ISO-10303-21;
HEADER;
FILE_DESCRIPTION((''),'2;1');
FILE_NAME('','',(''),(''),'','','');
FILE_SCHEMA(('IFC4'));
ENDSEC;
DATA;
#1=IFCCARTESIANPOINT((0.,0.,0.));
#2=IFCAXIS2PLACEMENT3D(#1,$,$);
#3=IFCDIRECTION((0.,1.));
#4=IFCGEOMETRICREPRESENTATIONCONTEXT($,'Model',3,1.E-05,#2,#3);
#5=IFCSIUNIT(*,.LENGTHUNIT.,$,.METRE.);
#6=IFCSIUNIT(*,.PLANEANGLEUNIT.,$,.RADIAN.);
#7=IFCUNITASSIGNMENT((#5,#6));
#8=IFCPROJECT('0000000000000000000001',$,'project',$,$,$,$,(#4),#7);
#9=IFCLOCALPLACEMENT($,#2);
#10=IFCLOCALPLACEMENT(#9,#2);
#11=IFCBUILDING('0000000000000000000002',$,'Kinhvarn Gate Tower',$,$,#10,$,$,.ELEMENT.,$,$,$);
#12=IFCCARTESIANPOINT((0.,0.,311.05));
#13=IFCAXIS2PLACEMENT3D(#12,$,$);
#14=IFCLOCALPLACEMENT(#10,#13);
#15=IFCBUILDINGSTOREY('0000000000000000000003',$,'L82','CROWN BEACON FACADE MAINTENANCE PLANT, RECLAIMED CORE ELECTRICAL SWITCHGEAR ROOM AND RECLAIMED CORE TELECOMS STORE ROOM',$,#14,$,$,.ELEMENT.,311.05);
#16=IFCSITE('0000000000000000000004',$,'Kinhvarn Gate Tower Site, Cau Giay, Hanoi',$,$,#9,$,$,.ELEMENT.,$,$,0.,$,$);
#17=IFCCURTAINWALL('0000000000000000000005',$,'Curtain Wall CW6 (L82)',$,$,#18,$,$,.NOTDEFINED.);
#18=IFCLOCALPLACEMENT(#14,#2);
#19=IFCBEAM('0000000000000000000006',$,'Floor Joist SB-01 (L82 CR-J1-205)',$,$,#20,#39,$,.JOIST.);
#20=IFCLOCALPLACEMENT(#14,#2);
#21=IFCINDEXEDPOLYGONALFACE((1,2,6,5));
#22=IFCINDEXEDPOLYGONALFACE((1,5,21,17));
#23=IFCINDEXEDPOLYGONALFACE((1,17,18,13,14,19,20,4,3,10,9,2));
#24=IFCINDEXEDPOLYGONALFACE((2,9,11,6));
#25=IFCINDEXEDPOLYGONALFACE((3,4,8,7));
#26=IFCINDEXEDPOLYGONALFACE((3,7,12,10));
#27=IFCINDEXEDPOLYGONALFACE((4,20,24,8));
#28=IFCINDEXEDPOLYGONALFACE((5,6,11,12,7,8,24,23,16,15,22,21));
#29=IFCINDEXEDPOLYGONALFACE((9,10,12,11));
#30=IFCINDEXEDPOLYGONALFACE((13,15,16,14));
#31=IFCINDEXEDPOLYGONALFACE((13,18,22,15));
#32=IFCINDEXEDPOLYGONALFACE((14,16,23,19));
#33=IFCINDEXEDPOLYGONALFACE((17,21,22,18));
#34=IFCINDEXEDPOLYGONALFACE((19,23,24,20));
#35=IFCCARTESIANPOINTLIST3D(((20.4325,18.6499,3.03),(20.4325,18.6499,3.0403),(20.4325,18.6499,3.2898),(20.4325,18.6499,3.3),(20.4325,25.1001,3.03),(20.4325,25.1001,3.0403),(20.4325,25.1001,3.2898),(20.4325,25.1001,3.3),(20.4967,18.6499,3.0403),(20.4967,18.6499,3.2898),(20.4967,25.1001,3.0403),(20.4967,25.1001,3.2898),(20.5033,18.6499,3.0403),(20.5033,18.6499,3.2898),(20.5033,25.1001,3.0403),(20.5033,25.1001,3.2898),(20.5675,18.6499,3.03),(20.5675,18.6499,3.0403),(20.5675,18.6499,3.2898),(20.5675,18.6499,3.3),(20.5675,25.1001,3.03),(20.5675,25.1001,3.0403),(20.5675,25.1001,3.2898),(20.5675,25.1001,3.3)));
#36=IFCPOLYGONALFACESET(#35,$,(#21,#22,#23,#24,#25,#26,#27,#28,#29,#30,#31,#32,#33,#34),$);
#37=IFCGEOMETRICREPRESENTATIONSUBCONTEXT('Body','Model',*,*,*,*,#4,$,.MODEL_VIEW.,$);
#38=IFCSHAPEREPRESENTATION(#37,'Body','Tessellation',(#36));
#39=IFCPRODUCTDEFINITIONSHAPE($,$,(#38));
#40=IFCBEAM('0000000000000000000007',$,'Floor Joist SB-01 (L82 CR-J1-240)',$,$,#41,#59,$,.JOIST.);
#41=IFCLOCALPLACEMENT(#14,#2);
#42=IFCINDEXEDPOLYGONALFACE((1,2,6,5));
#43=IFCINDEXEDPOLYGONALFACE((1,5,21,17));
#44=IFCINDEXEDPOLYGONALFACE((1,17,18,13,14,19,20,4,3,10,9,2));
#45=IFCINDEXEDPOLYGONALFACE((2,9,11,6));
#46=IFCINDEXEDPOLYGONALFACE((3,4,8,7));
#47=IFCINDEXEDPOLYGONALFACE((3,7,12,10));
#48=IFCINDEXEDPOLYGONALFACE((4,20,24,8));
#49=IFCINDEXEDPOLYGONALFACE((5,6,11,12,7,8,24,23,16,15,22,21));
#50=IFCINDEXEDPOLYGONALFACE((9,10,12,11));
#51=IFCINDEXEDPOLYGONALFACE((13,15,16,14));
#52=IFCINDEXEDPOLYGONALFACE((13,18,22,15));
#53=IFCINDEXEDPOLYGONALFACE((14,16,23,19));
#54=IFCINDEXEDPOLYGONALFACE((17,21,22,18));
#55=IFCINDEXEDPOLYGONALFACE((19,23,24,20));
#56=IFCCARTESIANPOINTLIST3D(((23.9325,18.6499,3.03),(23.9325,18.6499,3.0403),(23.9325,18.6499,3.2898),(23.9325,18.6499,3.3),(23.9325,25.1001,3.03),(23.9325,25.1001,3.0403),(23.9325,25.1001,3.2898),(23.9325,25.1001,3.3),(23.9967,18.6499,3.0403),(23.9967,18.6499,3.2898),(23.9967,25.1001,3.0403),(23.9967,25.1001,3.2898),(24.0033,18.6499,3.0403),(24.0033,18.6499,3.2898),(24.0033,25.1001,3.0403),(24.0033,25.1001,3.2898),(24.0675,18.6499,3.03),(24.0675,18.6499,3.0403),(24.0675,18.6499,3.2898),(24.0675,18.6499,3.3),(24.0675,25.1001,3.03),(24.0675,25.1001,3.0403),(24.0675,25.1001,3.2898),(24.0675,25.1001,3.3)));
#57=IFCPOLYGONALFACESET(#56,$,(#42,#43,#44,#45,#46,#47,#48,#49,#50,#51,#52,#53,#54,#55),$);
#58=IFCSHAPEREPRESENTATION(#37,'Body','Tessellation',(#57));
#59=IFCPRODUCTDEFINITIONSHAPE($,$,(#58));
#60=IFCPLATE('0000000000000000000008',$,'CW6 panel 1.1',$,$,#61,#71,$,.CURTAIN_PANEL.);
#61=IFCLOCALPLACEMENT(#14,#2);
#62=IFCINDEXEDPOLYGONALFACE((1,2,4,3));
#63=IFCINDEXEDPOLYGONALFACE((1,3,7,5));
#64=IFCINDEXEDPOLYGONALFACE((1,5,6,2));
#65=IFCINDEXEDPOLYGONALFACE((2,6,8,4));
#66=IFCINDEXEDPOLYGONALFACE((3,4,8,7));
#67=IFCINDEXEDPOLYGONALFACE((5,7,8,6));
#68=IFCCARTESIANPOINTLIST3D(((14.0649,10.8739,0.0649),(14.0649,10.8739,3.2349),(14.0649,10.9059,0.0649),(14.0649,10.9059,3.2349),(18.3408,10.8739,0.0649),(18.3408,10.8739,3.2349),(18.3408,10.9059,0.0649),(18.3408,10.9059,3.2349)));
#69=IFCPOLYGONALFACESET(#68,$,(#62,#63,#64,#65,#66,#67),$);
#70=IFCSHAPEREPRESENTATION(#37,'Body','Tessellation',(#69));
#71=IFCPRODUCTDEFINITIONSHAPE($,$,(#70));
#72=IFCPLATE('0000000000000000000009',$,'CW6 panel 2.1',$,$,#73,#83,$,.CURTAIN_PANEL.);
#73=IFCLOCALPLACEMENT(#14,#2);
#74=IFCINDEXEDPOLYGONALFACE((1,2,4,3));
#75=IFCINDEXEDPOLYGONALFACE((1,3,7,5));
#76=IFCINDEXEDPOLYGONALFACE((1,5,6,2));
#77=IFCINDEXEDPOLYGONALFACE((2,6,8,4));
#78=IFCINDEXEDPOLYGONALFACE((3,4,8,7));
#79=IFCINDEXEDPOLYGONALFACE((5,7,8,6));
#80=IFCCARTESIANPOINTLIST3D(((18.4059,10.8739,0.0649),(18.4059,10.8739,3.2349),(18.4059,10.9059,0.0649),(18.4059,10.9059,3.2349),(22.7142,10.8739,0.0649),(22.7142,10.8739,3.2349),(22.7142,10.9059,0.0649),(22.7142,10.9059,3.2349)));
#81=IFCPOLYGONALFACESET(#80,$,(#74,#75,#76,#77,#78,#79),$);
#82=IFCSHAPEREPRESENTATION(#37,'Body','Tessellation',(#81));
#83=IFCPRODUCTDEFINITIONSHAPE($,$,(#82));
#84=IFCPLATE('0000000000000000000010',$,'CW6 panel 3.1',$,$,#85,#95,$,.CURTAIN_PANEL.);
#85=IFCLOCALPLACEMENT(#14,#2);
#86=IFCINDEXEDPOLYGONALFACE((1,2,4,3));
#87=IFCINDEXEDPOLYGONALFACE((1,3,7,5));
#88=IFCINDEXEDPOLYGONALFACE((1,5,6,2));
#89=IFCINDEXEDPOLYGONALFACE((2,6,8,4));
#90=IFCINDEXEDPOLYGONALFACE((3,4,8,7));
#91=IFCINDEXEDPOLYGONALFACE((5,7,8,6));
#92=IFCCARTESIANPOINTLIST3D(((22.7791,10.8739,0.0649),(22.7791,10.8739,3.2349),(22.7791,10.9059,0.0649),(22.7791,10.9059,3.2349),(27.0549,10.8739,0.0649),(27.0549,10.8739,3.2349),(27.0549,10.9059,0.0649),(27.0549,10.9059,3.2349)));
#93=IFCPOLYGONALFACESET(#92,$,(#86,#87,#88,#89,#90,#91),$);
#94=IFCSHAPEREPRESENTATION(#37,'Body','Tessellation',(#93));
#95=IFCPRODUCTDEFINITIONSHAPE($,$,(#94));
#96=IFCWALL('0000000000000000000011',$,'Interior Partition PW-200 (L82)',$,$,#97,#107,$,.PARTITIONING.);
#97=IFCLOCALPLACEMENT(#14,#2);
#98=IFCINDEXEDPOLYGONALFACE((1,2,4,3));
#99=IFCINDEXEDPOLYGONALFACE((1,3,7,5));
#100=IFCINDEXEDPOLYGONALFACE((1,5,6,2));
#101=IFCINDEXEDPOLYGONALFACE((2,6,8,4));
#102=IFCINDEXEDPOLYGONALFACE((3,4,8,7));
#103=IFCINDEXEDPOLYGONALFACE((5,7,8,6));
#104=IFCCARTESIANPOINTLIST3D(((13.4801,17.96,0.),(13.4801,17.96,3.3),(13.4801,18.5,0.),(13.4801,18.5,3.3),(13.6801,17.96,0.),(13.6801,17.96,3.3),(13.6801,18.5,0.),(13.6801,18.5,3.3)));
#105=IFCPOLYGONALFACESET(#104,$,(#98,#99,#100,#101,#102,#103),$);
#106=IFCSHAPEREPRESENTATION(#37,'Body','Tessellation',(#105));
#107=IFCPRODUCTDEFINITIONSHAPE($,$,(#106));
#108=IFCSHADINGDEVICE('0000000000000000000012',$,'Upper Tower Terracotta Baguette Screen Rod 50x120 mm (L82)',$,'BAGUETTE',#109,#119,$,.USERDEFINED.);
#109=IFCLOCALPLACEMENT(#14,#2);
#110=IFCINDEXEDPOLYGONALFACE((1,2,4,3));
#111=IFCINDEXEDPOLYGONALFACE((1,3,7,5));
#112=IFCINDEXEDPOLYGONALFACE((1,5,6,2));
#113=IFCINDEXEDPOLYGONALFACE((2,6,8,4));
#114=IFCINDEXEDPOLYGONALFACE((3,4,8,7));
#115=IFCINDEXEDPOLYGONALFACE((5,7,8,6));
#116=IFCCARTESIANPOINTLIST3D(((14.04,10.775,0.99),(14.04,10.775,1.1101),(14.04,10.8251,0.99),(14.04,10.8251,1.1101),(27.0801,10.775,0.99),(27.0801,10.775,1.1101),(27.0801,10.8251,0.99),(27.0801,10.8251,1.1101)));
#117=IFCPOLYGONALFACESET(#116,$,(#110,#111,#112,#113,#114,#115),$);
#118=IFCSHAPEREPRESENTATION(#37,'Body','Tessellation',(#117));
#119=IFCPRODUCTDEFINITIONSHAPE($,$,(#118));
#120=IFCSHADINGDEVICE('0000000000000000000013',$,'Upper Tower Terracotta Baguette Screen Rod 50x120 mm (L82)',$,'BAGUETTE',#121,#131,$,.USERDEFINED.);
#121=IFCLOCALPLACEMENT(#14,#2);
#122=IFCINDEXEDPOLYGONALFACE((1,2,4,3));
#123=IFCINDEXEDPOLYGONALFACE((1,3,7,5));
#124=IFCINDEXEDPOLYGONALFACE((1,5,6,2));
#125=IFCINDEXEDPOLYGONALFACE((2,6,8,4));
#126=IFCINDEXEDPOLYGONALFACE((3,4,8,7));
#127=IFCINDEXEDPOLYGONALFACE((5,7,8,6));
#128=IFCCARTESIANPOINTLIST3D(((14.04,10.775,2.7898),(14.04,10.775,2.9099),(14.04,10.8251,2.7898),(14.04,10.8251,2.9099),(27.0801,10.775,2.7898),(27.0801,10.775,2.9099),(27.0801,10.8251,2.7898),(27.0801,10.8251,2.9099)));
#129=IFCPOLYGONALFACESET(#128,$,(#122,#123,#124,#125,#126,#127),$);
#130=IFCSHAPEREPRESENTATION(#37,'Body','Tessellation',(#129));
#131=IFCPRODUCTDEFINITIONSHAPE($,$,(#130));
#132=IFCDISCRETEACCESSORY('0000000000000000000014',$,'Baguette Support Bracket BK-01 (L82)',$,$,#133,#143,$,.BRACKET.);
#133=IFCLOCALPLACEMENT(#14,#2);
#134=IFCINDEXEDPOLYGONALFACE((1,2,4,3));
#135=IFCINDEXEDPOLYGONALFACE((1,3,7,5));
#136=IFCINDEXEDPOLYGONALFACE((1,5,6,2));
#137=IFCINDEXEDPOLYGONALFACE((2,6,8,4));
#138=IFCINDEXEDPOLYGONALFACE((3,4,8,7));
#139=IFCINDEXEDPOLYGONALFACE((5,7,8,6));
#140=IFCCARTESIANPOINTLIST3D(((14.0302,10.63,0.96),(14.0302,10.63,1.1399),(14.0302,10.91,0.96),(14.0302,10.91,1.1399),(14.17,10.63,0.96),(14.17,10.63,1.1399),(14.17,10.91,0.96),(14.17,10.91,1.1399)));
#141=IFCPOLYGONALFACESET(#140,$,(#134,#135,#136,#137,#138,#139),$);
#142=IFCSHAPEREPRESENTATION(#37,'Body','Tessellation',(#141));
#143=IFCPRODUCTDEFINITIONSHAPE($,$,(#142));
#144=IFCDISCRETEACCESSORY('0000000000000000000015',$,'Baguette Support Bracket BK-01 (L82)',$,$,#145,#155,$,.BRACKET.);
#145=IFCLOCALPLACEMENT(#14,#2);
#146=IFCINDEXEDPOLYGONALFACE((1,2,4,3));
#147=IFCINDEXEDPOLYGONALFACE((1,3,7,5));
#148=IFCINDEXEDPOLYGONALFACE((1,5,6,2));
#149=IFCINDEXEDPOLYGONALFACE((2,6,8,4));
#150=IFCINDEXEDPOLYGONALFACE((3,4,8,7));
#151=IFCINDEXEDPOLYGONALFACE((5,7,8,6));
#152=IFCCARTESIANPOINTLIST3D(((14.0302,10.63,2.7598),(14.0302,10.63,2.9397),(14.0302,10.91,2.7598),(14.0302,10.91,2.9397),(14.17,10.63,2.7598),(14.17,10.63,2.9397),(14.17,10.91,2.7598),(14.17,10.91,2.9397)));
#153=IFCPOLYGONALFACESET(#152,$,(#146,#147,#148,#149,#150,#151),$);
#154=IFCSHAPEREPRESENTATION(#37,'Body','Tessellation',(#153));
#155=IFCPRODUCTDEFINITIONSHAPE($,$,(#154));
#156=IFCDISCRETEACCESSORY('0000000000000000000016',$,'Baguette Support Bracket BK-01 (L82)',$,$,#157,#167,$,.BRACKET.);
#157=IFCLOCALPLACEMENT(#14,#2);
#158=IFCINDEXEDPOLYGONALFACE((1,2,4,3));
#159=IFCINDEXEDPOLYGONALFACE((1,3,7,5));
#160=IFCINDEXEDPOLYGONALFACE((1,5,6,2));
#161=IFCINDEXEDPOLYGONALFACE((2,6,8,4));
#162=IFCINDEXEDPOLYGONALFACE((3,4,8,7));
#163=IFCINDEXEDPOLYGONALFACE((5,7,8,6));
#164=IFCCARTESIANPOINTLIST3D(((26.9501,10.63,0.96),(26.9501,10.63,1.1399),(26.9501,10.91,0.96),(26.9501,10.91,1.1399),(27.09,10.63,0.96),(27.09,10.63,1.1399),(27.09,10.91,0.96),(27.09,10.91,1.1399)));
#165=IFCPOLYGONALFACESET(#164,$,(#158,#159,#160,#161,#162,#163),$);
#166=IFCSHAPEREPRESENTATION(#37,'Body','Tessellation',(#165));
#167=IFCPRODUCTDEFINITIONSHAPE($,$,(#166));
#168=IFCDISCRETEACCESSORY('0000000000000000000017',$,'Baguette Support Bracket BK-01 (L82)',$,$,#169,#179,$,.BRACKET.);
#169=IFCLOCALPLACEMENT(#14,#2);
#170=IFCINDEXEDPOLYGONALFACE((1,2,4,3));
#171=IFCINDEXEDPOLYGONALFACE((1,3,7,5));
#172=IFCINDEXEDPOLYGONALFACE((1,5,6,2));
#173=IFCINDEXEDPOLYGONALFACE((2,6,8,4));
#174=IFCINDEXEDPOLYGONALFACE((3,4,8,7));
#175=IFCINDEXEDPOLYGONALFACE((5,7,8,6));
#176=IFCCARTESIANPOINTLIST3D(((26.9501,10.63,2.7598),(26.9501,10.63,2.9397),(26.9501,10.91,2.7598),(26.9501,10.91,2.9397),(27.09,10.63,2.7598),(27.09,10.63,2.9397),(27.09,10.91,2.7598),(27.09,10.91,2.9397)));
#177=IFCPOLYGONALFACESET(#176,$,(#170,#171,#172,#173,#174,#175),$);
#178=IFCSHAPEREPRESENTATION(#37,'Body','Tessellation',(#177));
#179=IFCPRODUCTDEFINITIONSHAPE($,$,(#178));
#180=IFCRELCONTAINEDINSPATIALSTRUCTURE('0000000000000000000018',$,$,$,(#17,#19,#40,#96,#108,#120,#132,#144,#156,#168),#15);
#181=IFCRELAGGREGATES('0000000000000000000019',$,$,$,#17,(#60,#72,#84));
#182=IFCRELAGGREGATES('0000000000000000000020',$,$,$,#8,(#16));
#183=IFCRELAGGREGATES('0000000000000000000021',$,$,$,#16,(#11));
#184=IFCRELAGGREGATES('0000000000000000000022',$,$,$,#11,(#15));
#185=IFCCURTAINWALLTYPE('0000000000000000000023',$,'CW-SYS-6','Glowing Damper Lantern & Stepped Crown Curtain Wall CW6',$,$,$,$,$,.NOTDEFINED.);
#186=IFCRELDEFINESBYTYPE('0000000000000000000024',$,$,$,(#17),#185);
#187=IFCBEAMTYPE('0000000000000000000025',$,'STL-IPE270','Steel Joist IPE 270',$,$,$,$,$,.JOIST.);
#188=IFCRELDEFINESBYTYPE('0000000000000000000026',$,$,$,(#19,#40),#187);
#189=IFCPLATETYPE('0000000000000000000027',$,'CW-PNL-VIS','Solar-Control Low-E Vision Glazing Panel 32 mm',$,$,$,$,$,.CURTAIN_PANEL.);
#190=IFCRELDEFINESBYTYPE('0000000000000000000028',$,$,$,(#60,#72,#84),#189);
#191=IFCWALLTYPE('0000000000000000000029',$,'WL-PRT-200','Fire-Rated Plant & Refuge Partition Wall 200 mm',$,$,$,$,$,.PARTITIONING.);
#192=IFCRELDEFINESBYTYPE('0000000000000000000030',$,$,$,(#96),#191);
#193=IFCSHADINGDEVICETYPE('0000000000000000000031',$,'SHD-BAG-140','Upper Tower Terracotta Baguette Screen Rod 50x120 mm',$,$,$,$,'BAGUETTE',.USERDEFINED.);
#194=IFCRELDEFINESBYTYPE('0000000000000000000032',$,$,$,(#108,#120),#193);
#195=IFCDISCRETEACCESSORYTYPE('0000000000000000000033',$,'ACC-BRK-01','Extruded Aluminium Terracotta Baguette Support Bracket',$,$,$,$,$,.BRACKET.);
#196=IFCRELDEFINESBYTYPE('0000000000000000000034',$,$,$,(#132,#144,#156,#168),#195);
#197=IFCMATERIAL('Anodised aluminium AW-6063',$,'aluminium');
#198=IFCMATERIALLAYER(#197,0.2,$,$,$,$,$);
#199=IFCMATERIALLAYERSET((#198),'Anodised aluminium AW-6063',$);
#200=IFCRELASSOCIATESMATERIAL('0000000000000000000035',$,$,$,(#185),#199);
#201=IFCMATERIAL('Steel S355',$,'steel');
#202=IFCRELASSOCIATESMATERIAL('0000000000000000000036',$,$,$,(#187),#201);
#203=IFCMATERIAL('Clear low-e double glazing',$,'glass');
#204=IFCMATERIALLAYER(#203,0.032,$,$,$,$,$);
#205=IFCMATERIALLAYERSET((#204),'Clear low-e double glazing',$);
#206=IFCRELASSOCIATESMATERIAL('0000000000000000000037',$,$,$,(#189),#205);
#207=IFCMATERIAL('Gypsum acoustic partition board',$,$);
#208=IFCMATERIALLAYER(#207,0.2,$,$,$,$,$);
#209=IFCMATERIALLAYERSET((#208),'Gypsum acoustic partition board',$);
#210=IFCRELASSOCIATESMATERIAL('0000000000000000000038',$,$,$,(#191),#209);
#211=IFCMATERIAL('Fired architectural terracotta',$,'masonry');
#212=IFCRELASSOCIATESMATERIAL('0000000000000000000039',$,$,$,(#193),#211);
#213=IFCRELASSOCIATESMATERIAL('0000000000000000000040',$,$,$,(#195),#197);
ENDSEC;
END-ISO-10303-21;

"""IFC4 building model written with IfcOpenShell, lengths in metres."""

from ifc_helpers import new_model, si_unit, direction, frame, frame_2d, origin, origin_2d, place, context, subcontext, project, spatial, rectangle, i_section, extrude, material, layer, layer_set, material_profile, profile_set, type_object, element, aggregate, save


model = new_model("IFC4")

# Units and contexts
model_context = context("Model", 3, precision=1e-05, world=origin(), true_north=direction((0.0, 1.0)))
body_context = subcontext(model_context, "Body", "Model", "MODEL_VIEW")
ifc_project = project(units=[si_unit("LENGTHUNIT", "METRE"), si_unit("PLANEANGLEUNIT", "RADIAN")], contexts=[model_context])

# Site, building, storey
site_placement = place(None, origin())
site = spatial("IfcSite", under=ifc_project, at=site_placement, Name="Kinhvarn Gate Tower Site, Cau Giay, Hanoi", CompositionType="ELEMENT", RefElevation=0.0)
building_placement = place(site_placement, origin())
building = spatial("IfcBuilding", under=site, at=building_placement, Name="Kinhvarn Gate Tower", CompositionType="ELEMENT")
storey_placement = place(building_placement, frame((0.0, 0.0, 311.05)))
storey = spatial("IfcBuildingStorey", under=building, at=storey_placement, Name="L82", Description="CROWN BEACON FACADE MAINTENANCE PLANT, RECLAIMED CORE ELECTRICAL SWITCHGEAR ROOM AND RECLAIMED CORE TELECOMS STORE ROOM", CompositionType="ELEMENT", Elevation=311.05)

# Curtain wall
ifc_material_1 = material(Name="Anodised aluminium AW-6063", Category="aluminium")
ifc_layer_1 = layer(ifc_material_1, 0.2)
ifc_layer_set_1 = layer_set([ifc_layer_1], Name="Anodised aluminium AW-6063")
curtain_wall_type = type_object("IfcCurtainWallType", Name="CW-SYS-6", Description="Glowing Damper Lantern & Stepped Crown Curtain Wall CW6", PredefinedType="NOTDEFINED", material=ifc_layer_set_1)
curtain_wall_placement = place(storey_placement, origin())
curtain_wall = element("IfcCurtainWall", 1, at=curtain_wall_placement, inside=storey, type_object=curtain_wall_type, Name="Curtain Wall CW6 (L82)", PredefinedType="NOTDEFINED")

# Shared definitions
ifc_material_2 = material(Name="Steel S355", Category="steel")

# Beams
ifc_material_profile_1 = material_profile(ifc_material_2, i_section(OverallWidth=0.135, OverallDepth=0.27, WebThickness=0.0066, FlangeThickness=0.0103, at=origin_2d()), Name="IPE 270")
ifc_profile_set_1 = profile_set([ifc_material_profile_1], Name="Steel S355")
beam_type_1 = type_object("IfcBeamType", Name="STL-IPE270", Description="Steel Joist IPE 270", PredefinedType="JOIST", material=ifc_profile_set_1)
for number, where, z_axis, x_axis, name in (
    (2, (20.5, 18.6499, 3.165), (0.0, 1.0, 0.0), (-1.0, 0.0, 0.0), "Floor Joist SB-01 (L82 CR-J1-205)"),
    (3, (24.0, 18.6499, 3.165), (0.0, 1.0, 0.0), (-1.0, 0.0, 0.0), "Floor Joist SB-01 (L82 CR-J1-240)"),
):
    element("IfcBeam", number, at=place(storey_placement, frame(where, z_axis=z_axis, x_axis=x_axis)), inside=storey, type_object=beam_type_1, Name=name, PredefinedType="JOIST", context=body_context, shape_type="SweptSolid", body=[
        extrude(i_section(OverallWidth=0.135, OverallDepth=0.27, WebThickness=0.0066, FlangeThickness=0.0103, at=origin_2d()), origin(), (0.0, 0.0, 1.0), 6.4502),
    ])

# Plates
ifc_material_3 = material(Name="Clear low-e double glazing", Category="glass")
ifc_layer_2 = layer(ifc_material_3, 0.032)
ifc_layer_set_2 = layer_set([ifc_layer_2], Name="Clear low-e double glazing")
plate_type = type_object("IfcPlateType", Name="CW-PNL-VIS", Description="Solar-Control Low-E Vision Glazing Panel 32 mm", PredefinedType="CURTAIN_PANEL", material=ifc_layer_set_2)
plate_1_placement = place(storey_placement, frame((16.2029, 10.8899, 0.0649), z_axis=(0.0, 0.0, 1.0), x_axis=(1.0, 0.0, 0.0)))
plate_1 = element("IfcPlate", 4, at=plate_1_placement, type_object=plate_type, Name="CW6 panel 1.1", PredefinedType="CURTAIN_PANEL", context=body_context, shape_type="SweptSolid", body=[
    extrude(rectangle(XDim=4.2759, YDim=0.032, at=origin_2d()), origin(), (0.0, 0.0, 1.0), 3.1699),
])
plate_2_placement = place(storey_placement, frame((20.5601, 10.8899, 0.0649), z_axis=(0.0, 0.0, 1.0), x_axis=(1.0, 0.0, 0.0)))
plate_2 = element("IfcPlate", 5, at=plate_2_placement, type_object=plate_type, Name="CW6 panel 2.1", PredefinedType="CURTAIN_PANEL", context=body_context, shape_type="SweptSolid", body=[
    extrude(rectangle(XDim=4.3083, YDim=0.032, at=origin_2d()), origin(), (0.0, 0.0, 1.0), 3.1699),
])
plate_3_placement = place(storey_placement, frame((24.917, 10.8899, 0.0649), z_axis=(0.0, 0.0, 1.0), x_axis=(1.0, 0.0, 0.0)))
plate_3 = element("IfcPlate", 6, at=plate_3_placement, type_object=plate_type, Name="CW6 panel 3.1", PredefinedType="CURTAIN_PANEL", context=body_context, shape_type="SweptSolid", body=[
    extrude(rectangle(XDim=4.2759, YDim=0.032, at=origin_2d()), origin(), (0.0, 0.0, 1.0), 3.1699),
])
aggregate(curtain_wall, [plate_1, plate_2, plate_3])

# Wall
ifc_material_4 = material(Name="Gypsum acoustic partition board")
ifc_layer_3 = layer(ifc_material_4, 0.2)
ifc_layer_set_3 = layer_set([ifc_layer_3], Name="Gypsum acoustic partition board")
wall_type_1 = type_object("IfcWallType", Name="WL-PRT-200", Description="Fire-Rated Plant & Refuge Partition Wall 200 mm", PredefinedType="PARTITIONING", material=ifc_layer_set_3)
wall_1_placement = place(storey_placement, frame((13.5801, 17.96, 0.0), z_axis=(0.0, 0.0, 1.0), x_axis=(0.0, 1.0, 0.0)))
element("IfcWall", 7, at=wall_1_placement, inside=storey, type_object=wall_type_1, Name="Interior Partition PW-200 (L82)", PredefinedType="PARTITIONING", context=body_context, shape_type="SweptSolid", body=[
    extrude(rectangle(XDim=0.54, YDim=0.2, at=frame_2d((0.27, 0.0))), origin(), (0.0, 0.0, 1.0), 3.3),
])

# Shading devices
ifc_material_5 = material(Name="Fired architectural terracotta", Category="masonry")
ifc_material_profile_2 = material_profile(ifc_material_5, rectangle(XDim=0.05, YDim=0.1201, at=origin_2d()), Name="TC 50x120")
ifc_profile_set_2 = profile_set([ifc_material_profile_2], Name="Fired architectural terracotta")
shading_device_type = type_object("IfcShadingDeviceType", Name="SHD-BAG-140", Description="Upper Tower Terracotta Baguette Screen Rod 50x120 mm", ElementType="BAGUETTE", PredefinedType="USERDEFINED", material=ifc_profile_set_2)
for number, where, z_axis, x_axis, name in (
    (8, (14.04, 10.8, 1.05), (1.0, 0.0, 0.0), (0.0, 1.0, 0.0), "Upper Tower Terracotta Baguette Screen Rod 50x120 mm (L82)"),
    (9, (14.04, 10.8, 2.8499), (1.0, 0.0, 0.0), (0.0, 1.0, 0.0), "Upper Tower Terracotta Baguette Screen Rod 50x120 mm (L82)"),
):
    element("IfcShadingDevice", number, at=place(storey_placement, frame(where, z_axis=z_axis, x_axis=x_axis)), inside=storey, type_object=shading_device_type, Name=name, ObjectType="BAGUETTE", PredefinedType="USERDEFINED", context=body_context, shape_type="SweptSolid", body=[
        extrude(rectangle(XDim=0.05, YDim=0.1201, at=origin_2d()), origin(), (0.0, 0.0, 1.0), 13.04),
    ])

# Discrete accessories
discrete_accessory_type = type_object("IfcDiscreteAccessoryType", Name="ACC-BRK-01", Description="Extruded Aluminium Terracotta Baguette Support Bracket", PredefinedType="BRACKET", material=ifc_material_1)
for number, where, z_axis, x_axis, name in (
    (10, (14.1001, 10.77, 0.96), (0.0, 0.0, 1.0), (1.0, 0.0, 0.0), "Baguette Support Bracket BK-01 (L82)"),
    (11, (14.1001, 10.77, 2.7598), (0.0, 0.0, 1.0), (1.0, 0.0, 0.0), "Baguette Support Bracket BK-01 (L82)"),
    (12, (27.02, 10.77, 0.96), (0.0, 0.0, 1.0), (1.0, 0.0, 0.0), "Baguette Support Bracket BK-01 (L82)"),
    (13, (27.02, 10.77, 2.7598), (0.0, 0.0, 1.0), (1.0, 0.0, 0.0), "Baguette Support Bracket BK-01 (L82)"),
):
    element("IfcDiscreteAccessory", number, at=place(storey_placement, frame(where, z_axis=z_axis, x_axis=x_axis)), inside=storey, type_object=discrete_accessory_type, Name=name, PredefinedType="BRACKET", context=body_context, shape_type="SweptSolid", body=[
        extrude(rectangle(XDim=0.1399, YDim=0.28, at=origin_2d()), origin(), (0.0, 0.0, 1.0), 0.1799),
    ])

save(model, "model.ifc")
